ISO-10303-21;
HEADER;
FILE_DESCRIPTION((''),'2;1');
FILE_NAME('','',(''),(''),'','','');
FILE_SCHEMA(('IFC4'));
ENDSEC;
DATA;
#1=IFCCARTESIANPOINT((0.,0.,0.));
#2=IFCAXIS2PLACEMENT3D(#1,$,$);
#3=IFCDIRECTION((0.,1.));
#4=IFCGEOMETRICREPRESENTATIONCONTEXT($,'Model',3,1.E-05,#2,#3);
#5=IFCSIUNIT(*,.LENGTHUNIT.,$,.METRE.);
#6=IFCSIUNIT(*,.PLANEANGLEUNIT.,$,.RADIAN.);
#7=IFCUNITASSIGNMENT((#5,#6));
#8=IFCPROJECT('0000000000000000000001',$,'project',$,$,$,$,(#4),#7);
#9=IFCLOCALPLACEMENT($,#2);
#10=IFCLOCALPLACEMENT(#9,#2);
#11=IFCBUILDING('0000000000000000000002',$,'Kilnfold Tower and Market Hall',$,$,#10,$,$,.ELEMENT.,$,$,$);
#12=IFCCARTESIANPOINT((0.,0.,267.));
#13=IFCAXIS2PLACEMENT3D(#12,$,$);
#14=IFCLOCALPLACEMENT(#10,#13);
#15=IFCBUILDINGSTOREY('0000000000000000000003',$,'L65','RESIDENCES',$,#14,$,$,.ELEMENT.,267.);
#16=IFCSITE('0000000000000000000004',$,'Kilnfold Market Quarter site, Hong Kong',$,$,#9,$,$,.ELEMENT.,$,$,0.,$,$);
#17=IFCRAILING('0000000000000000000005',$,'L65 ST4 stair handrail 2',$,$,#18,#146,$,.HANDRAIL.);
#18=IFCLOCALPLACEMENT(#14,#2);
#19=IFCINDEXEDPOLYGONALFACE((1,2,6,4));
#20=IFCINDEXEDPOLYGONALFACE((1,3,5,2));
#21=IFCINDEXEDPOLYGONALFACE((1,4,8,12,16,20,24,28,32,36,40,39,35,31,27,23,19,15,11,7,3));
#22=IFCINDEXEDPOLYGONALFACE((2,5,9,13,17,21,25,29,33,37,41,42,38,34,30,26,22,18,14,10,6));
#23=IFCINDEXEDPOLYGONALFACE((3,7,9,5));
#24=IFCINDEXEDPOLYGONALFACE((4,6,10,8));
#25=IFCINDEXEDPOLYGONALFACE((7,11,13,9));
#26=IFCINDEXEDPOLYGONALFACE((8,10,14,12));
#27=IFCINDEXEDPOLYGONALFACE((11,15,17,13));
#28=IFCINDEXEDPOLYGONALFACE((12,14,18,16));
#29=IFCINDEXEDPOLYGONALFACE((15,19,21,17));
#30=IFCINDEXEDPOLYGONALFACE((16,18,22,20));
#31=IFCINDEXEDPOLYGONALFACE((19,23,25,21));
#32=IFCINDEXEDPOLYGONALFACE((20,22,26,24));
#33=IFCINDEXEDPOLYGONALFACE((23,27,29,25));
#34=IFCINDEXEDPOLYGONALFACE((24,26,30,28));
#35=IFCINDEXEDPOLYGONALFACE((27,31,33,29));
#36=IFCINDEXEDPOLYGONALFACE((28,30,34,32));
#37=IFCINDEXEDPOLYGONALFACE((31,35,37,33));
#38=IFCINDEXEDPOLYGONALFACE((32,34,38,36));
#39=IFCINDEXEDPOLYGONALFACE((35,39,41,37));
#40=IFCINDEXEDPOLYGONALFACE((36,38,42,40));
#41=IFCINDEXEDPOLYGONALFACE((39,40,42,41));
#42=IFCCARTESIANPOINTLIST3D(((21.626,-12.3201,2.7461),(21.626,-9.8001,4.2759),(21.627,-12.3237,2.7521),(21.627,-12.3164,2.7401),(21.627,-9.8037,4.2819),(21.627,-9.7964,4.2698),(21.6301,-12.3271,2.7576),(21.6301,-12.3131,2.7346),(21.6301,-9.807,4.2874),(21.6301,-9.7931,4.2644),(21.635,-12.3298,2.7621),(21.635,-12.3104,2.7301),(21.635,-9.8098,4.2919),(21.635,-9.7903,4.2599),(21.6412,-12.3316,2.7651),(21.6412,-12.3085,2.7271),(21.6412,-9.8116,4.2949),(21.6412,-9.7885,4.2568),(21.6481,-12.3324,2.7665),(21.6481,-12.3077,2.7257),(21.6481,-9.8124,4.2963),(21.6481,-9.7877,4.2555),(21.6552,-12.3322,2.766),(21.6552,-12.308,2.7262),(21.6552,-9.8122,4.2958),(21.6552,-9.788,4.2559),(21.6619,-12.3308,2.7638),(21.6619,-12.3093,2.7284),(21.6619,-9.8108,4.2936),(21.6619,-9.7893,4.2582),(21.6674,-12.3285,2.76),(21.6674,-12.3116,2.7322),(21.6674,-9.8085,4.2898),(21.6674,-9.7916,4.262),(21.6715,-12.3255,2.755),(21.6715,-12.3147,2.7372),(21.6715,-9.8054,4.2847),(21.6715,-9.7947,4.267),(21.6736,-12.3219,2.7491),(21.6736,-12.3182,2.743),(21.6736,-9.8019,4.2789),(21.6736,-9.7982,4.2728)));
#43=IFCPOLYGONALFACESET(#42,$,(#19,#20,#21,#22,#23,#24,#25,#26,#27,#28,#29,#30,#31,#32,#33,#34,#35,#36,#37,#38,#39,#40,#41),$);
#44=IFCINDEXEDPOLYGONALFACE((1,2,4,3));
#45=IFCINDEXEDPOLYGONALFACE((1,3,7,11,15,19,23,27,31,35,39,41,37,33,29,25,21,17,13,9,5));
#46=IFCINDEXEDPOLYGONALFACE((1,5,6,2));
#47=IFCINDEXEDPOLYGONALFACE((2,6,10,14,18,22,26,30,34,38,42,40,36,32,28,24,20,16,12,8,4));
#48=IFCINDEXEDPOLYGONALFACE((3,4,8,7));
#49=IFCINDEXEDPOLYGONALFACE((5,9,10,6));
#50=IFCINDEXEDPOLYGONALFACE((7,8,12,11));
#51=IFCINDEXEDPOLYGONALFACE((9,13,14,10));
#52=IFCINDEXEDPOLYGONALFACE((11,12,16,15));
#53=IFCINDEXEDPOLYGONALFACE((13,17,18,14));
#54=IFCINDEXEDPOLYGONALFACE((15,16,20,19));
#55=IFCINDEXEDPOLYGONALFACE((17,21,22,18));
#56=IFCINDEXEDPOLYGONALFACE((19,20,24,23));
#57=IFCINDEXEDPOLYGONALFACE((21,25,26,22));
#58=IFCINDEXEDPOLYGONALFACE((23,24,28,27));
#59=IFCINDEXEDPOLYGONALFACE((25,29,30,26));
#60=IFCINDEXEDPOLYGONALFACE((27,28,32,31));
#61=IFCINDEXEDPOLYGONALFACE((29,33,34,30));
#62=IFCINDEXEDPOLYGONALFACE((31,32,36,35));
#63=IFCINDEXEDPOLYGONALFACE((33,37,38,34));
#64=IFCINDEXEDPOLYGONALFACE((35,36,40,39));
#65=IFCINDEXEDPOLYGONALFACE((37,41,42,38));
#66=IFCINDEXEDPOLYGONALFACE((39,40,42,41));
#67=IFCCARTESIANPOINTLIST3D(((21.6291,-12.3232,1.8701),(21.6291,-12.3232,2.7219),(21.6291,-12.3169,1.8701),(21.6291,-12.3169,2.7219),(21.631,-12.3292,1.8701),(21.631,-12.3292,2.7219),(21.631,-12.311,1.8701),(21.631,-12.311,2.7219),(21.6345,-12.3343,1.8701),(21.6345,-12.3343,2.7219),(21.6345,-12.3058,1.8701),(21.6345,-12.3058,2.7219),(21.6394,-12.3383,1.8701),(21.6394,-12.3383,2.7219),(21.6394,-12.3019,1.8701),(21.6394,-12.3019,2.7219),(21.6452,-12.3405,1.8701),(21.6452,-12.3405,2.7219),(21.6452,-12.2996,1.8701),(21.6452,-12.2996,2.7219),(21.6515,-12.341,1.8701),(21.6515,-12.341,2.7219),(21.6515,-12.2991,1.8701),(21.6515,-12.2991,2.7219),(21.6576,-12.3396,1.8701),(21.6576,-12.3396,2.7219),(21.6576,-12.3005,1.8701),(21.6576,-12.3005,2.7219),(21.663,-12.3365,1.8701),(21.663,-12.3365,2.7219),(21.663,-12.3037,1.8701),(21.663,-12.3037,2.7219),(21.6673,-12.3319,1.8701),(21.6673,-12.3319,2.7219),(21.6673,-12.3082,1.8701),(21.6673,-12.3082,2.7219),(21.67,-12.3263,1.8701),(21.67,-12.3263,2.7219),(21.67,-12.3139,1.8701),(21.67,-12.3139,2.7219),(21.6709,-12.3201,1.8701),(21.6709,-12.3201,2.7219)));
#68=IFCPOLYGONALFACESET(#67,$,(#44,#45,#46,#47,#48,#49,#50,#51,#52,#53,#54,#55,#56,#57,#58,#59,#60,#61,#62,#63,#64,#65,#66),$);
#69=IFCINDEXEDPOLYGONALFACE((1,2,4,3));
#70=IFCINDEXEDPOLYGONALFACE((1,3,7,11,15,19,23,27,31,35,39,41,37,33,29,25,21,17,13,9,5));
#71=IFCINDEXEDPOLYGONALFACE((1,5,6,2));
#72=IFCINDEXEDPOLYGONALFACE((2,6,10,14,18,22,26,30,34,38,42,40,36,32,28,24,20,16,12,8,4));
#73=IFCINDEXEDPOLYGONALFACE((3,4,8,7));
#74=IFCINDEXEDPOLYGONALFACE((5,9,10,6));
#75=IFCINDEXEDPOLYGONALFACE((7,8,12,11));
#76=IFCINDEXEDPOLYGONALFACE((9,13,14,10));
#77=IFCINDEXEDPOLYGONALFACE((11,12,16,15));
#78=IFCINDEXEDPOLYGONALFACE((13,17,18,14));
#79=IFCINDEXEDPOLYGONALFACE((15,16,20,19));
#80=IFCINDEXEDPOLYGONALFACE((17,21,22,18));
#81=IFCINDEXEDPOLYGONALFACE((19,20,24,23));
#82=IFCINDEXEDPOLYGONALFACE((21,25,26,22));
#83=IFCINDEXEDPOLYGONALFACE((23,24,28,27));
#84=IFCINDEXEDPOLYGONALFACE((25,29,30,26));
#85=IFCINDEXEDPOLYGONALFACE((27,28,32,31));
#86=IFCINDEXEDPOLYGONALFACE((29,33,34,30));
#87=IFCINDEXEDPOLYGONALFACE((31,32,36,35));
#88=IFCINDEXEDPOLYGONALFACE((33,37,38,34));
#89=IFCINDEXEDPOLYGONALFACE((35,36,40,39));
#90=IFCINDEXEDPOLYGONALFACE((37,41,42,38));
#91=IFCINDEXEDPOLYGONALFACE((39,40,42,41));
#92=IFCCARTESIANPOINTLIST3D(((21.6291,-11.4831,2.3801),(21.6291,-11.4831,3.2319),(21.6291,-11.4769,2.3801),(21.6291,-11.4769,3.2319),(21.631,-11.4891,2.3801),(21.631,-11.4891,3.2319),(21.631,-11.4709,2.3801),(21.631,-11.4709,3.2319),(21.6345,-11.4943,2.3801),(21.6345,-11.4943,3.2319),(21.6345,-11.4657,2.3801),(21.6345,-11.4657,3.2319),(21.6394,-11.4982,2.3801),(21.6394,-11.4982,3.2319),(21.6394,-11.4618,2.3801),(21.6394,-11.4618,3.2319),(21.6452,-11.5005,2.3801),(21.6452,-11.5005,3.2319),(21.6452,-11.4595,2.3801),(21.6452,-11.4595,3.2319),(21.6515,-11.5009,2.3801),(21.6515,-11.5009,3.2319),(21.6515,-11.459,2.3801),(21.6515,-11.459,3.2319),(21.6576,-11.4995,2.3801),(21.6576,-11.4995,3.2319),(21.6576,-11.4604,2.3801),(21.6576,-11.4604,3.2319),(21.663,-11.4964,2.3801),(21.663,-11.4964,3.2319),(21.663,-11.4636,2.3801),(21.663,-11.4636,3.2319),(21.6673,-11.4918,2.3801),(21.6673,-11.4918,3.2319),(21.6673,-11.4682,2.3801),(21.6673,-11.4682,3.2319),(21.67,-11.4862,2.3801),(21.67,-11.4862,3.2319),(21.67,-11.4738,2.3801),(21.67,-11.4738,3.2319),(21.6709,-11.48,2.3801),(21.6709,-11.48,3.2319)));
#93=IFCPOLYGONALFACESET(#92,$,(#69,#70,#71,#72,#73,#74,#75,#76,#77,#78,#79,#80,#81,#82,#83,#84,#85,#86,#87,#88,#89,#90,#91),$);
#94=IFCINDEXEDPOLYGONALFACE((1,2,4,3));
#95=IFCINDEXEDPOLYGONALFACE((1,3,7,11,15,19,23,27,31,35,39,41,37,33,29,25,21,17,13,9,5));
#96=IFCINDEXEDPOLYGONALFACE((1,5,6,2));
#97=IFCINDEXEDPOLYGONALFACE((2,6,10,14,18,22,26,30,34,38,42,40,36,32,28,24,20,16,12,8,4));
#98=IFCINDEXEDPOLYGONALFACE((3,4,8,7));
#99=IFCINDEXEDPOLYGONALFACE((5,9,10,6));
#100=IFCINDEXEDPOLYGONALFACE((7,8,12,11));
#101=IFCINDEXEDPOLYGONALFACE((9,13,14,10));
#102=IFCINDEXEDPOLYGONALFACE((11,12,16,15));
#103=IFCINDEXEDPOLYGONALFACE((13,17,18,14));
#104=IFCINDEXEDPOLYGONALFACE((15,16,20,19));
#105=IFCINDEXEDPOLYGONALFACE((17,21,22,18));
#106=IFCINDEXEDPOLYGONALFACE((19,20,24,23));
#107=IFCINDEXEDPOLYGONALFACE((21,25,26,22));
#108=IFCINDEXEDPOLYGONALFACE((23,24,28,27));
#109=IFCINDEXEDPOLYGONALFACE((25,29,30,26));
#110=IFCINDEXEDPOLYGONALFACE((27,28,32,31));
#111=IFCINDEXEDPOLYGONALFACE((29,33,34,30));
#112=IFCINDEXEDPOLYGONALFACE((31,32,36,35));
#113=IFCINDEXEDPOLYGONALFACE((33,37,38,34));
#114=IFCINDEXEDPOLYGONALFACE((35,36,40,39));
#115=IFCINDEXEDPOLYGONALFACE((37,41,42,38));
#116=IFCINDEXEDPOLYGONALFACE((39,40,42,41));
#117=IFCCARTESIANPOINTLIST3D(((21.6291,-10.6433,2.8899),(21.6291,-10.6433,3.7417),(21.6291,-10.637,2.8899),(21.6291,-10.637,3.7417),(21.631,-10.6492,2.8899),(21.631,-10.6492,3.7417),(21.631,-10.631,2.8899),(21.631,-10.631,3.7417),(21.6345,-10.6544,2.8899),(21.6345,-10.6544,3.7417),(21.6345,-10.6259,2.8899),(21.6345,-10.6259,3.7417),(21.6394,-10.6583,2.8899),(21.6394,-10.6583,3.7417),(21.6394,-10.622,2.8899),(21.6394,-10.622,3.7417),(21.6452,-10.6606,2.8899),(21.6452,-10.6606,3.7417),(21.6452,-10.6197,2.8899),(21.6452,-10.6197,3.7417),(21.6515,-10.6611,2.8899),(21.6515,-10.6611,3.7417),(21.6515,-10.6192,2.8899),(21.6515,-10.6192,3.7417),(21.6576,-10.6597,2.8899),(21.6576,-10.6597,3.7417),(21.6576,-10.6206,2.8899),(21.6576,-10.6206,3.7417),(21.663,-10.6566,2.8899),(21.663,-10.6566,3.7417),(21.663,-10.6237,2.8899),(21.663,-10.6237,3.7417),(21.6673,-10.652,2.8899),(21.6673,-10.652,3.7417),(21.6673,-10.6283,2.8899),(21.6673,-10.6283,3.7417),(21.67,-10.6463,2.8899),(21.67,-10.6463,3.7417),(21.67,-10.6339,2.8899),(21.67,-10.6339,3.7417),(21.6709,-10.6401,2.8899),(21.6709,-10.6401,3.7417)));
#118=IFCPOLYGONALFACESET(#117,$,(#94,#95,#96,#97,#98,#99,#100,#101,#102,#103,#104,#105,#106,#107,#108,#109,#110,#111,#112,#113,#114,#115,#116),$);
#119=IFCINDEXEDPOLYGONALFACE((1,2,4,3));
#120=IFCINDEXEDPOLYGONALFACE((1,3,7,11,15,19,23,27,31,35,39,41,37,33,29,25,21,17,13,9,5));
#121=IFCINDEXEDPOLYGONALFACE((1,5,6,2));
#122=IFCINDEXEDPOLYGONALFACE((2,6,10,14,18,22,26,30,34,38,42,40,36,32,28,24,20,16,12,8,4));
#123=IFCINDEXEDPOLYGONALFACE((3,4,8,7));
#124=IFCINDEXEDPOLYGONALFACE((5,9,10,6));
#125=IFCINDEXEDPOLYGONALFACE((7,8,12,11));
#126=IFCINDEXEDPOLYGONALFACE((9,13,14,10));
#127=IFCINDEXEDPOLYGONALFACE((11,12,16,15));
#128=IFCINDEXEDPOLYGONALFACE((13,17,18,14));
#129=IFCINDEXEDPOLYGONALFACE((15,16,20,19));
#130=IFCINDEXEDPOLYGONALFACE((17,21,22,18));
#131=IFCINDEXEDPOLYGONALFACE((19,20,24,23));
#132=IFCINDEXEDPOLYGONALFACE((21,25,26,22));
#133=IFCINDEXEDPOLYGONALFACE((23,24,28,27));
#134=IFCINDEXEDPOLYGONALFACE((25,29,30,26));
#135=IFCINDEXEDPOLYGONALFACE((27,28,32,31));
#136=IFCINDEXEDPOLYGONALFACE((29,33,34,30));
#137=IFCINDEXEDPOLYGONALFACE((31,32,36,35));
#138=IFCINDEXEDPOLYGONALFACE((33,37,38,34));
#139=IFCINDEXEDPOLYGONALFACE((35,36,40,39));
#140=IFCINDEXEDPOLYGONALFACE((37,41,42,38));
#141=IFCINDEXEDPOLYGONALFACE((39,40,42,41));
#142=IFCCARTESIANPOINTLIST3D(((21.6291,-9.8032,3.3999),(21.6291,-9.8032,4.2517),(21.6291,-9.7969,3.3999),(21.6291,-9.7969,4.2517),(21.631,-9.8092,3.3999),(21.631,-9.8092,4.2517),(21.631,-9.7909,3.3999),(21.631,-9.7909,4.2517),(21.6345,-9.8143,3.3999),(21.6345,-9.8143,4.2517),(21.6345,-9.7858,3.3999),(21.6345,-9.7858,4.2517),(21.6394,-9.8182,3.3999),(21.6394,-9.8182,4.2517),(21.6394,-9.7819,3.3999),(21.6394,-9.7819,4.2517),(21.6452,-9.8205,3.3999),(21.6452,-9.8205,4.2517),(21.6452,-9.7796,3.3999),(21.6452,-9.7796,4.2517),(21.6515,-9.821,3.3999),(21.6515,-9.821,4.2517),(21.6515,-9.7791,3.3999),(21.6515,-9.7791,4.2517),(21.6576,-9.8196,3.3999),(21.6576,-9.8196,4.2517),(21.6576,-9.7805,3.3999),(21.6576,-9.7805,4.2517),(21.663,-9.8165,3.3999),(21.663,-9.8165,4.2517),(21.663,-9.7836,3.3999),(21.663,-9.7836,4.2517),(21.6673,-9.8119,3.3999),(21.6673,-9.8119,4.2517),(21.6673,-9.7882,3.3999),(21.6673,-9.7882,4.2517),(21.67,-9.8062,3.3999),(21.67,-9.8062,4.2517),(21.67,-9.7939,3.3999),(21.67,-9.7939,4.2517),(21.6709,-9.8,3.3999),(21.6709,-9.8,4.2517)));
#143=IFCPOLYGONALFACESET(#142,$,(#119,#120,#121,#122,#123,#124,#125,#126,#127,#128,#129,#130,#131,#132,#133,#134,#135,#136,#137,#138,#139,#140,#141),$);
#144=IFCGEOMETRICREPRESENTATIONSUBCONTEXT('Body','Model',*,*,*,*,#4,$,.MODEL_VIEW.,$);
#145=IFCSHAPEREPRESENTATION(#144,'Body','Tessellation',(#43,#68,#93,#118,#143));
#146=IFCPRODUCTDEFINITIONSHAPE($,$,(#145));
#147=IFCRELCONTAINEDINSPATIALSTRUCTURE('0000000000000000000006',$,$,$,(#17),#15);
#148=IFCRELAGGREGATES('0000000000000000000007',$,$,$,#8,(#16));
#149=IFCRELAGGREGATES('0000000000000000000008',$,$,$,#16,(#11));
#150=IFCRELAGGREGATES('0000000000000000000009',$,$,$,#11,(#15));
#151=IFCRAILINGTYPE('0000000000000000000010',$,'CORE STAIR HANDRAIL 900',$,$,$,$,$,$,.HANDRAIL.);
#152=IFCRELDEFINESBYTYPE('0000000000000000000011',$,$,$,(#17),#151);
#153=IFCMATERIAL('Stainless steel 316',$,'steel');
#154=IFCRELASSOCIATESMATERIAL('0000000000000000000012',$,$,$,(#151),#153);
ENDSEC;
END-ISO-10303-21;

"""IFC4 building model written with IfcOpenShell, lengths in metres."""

from ifc_helpers import new_model, si_unit, direction, frame, origin, origin_2d, place, context, subcontext, project, spatial, circle, extrude, material, type_object, element, save


model = new_model("IFC4")

# Units and contexts
model_context = context("Model", 3, precision=1e-05, world=origin(), true_north=direction((0.0, 1.0)))
body_context = subcontext(model_context, "Body", "Model", "MODEL_VIEW")
ifc_project = project(units=[si_unit("LENGTHUNIT", "METRE"), si_unit("PLANEANGLEUNIT", "RADIAN")], contexts=[model_context])

# Site, building, storey
site_placement = place(None, origin())
site = spatial("IfcSite", under=ifc_project, at=site_placement, Name="Kilnfold Market Quarter site, Hong Kong", CompositionType="ELEMENT", RefElevation=0.0)
building_placement = place(site_placement, origin())
building = spatial("IfcBuilding", under=site, at=building_placement, Name="Kilnfold Tower and Market Hall", CompositionType="ELEMENT")
storey_placement = place(building_placement, frame((0.0, 0.0, 267.0)))
storey = spatial("IfcBuildingStorey", under=building, at=storey_placement, Name="L65", Description="RESIDENCES", CompositionType="ELEMENT", Elevation=267.0)

# Railing
ifc_material_1 = material(Name="Stainless steel 316", Category="steel")
railing_type_1 = type_object("IfcRailingType", Name="CORE STAIR HANDRAIL 900", PredefinedType="HANDRAIL", material=ifc_material_1)
railing_1_placement = place(storey_placement, frame((21.6499, -12.3201, 1.8701)))
element("IfcRailing", 1, at=railing_1_placement, inside=storey, type_object=railing_type_1, Name="L65 ST4 stair handrail 2", PredefinedType="HANDRAIL", context=body_context, shape_type="SweptSolid", body=[
    extrude(circle(Radius=0.0239, at=origin_2d()), frame((0.0, 0.0, 0.876), z_axis=(0.0, 0.854822, 0.518922), x_axis=(-1.0, 0.0, 0.0)), (0.0, 0.0, 1.0), 2.948),
    extrude(circle(Radius=0.021, at=origin_2d()), origin(), (0.0, 0.0, 1.0), 0.8518),
    extrude(circle(Radius=0.021, at=origin_2d()), frame((0.0, 0.8401, 0.51)), (0.0, 0.0, 1.0), 0.8518),
    extrude(circle(Radius=0.021, at=origin_2d()), frame((0.0, 1.6799, 1.0198)), (0.0, 0.0, 1.0), 0.8518),
    extrude(circle(Radius=0.021, at=origin_2d()), frame((0.0, 2.52, 1.5298)), (0.0, 0.0, 1.0), 0.8518),
])

save(model, "model.ifc")
